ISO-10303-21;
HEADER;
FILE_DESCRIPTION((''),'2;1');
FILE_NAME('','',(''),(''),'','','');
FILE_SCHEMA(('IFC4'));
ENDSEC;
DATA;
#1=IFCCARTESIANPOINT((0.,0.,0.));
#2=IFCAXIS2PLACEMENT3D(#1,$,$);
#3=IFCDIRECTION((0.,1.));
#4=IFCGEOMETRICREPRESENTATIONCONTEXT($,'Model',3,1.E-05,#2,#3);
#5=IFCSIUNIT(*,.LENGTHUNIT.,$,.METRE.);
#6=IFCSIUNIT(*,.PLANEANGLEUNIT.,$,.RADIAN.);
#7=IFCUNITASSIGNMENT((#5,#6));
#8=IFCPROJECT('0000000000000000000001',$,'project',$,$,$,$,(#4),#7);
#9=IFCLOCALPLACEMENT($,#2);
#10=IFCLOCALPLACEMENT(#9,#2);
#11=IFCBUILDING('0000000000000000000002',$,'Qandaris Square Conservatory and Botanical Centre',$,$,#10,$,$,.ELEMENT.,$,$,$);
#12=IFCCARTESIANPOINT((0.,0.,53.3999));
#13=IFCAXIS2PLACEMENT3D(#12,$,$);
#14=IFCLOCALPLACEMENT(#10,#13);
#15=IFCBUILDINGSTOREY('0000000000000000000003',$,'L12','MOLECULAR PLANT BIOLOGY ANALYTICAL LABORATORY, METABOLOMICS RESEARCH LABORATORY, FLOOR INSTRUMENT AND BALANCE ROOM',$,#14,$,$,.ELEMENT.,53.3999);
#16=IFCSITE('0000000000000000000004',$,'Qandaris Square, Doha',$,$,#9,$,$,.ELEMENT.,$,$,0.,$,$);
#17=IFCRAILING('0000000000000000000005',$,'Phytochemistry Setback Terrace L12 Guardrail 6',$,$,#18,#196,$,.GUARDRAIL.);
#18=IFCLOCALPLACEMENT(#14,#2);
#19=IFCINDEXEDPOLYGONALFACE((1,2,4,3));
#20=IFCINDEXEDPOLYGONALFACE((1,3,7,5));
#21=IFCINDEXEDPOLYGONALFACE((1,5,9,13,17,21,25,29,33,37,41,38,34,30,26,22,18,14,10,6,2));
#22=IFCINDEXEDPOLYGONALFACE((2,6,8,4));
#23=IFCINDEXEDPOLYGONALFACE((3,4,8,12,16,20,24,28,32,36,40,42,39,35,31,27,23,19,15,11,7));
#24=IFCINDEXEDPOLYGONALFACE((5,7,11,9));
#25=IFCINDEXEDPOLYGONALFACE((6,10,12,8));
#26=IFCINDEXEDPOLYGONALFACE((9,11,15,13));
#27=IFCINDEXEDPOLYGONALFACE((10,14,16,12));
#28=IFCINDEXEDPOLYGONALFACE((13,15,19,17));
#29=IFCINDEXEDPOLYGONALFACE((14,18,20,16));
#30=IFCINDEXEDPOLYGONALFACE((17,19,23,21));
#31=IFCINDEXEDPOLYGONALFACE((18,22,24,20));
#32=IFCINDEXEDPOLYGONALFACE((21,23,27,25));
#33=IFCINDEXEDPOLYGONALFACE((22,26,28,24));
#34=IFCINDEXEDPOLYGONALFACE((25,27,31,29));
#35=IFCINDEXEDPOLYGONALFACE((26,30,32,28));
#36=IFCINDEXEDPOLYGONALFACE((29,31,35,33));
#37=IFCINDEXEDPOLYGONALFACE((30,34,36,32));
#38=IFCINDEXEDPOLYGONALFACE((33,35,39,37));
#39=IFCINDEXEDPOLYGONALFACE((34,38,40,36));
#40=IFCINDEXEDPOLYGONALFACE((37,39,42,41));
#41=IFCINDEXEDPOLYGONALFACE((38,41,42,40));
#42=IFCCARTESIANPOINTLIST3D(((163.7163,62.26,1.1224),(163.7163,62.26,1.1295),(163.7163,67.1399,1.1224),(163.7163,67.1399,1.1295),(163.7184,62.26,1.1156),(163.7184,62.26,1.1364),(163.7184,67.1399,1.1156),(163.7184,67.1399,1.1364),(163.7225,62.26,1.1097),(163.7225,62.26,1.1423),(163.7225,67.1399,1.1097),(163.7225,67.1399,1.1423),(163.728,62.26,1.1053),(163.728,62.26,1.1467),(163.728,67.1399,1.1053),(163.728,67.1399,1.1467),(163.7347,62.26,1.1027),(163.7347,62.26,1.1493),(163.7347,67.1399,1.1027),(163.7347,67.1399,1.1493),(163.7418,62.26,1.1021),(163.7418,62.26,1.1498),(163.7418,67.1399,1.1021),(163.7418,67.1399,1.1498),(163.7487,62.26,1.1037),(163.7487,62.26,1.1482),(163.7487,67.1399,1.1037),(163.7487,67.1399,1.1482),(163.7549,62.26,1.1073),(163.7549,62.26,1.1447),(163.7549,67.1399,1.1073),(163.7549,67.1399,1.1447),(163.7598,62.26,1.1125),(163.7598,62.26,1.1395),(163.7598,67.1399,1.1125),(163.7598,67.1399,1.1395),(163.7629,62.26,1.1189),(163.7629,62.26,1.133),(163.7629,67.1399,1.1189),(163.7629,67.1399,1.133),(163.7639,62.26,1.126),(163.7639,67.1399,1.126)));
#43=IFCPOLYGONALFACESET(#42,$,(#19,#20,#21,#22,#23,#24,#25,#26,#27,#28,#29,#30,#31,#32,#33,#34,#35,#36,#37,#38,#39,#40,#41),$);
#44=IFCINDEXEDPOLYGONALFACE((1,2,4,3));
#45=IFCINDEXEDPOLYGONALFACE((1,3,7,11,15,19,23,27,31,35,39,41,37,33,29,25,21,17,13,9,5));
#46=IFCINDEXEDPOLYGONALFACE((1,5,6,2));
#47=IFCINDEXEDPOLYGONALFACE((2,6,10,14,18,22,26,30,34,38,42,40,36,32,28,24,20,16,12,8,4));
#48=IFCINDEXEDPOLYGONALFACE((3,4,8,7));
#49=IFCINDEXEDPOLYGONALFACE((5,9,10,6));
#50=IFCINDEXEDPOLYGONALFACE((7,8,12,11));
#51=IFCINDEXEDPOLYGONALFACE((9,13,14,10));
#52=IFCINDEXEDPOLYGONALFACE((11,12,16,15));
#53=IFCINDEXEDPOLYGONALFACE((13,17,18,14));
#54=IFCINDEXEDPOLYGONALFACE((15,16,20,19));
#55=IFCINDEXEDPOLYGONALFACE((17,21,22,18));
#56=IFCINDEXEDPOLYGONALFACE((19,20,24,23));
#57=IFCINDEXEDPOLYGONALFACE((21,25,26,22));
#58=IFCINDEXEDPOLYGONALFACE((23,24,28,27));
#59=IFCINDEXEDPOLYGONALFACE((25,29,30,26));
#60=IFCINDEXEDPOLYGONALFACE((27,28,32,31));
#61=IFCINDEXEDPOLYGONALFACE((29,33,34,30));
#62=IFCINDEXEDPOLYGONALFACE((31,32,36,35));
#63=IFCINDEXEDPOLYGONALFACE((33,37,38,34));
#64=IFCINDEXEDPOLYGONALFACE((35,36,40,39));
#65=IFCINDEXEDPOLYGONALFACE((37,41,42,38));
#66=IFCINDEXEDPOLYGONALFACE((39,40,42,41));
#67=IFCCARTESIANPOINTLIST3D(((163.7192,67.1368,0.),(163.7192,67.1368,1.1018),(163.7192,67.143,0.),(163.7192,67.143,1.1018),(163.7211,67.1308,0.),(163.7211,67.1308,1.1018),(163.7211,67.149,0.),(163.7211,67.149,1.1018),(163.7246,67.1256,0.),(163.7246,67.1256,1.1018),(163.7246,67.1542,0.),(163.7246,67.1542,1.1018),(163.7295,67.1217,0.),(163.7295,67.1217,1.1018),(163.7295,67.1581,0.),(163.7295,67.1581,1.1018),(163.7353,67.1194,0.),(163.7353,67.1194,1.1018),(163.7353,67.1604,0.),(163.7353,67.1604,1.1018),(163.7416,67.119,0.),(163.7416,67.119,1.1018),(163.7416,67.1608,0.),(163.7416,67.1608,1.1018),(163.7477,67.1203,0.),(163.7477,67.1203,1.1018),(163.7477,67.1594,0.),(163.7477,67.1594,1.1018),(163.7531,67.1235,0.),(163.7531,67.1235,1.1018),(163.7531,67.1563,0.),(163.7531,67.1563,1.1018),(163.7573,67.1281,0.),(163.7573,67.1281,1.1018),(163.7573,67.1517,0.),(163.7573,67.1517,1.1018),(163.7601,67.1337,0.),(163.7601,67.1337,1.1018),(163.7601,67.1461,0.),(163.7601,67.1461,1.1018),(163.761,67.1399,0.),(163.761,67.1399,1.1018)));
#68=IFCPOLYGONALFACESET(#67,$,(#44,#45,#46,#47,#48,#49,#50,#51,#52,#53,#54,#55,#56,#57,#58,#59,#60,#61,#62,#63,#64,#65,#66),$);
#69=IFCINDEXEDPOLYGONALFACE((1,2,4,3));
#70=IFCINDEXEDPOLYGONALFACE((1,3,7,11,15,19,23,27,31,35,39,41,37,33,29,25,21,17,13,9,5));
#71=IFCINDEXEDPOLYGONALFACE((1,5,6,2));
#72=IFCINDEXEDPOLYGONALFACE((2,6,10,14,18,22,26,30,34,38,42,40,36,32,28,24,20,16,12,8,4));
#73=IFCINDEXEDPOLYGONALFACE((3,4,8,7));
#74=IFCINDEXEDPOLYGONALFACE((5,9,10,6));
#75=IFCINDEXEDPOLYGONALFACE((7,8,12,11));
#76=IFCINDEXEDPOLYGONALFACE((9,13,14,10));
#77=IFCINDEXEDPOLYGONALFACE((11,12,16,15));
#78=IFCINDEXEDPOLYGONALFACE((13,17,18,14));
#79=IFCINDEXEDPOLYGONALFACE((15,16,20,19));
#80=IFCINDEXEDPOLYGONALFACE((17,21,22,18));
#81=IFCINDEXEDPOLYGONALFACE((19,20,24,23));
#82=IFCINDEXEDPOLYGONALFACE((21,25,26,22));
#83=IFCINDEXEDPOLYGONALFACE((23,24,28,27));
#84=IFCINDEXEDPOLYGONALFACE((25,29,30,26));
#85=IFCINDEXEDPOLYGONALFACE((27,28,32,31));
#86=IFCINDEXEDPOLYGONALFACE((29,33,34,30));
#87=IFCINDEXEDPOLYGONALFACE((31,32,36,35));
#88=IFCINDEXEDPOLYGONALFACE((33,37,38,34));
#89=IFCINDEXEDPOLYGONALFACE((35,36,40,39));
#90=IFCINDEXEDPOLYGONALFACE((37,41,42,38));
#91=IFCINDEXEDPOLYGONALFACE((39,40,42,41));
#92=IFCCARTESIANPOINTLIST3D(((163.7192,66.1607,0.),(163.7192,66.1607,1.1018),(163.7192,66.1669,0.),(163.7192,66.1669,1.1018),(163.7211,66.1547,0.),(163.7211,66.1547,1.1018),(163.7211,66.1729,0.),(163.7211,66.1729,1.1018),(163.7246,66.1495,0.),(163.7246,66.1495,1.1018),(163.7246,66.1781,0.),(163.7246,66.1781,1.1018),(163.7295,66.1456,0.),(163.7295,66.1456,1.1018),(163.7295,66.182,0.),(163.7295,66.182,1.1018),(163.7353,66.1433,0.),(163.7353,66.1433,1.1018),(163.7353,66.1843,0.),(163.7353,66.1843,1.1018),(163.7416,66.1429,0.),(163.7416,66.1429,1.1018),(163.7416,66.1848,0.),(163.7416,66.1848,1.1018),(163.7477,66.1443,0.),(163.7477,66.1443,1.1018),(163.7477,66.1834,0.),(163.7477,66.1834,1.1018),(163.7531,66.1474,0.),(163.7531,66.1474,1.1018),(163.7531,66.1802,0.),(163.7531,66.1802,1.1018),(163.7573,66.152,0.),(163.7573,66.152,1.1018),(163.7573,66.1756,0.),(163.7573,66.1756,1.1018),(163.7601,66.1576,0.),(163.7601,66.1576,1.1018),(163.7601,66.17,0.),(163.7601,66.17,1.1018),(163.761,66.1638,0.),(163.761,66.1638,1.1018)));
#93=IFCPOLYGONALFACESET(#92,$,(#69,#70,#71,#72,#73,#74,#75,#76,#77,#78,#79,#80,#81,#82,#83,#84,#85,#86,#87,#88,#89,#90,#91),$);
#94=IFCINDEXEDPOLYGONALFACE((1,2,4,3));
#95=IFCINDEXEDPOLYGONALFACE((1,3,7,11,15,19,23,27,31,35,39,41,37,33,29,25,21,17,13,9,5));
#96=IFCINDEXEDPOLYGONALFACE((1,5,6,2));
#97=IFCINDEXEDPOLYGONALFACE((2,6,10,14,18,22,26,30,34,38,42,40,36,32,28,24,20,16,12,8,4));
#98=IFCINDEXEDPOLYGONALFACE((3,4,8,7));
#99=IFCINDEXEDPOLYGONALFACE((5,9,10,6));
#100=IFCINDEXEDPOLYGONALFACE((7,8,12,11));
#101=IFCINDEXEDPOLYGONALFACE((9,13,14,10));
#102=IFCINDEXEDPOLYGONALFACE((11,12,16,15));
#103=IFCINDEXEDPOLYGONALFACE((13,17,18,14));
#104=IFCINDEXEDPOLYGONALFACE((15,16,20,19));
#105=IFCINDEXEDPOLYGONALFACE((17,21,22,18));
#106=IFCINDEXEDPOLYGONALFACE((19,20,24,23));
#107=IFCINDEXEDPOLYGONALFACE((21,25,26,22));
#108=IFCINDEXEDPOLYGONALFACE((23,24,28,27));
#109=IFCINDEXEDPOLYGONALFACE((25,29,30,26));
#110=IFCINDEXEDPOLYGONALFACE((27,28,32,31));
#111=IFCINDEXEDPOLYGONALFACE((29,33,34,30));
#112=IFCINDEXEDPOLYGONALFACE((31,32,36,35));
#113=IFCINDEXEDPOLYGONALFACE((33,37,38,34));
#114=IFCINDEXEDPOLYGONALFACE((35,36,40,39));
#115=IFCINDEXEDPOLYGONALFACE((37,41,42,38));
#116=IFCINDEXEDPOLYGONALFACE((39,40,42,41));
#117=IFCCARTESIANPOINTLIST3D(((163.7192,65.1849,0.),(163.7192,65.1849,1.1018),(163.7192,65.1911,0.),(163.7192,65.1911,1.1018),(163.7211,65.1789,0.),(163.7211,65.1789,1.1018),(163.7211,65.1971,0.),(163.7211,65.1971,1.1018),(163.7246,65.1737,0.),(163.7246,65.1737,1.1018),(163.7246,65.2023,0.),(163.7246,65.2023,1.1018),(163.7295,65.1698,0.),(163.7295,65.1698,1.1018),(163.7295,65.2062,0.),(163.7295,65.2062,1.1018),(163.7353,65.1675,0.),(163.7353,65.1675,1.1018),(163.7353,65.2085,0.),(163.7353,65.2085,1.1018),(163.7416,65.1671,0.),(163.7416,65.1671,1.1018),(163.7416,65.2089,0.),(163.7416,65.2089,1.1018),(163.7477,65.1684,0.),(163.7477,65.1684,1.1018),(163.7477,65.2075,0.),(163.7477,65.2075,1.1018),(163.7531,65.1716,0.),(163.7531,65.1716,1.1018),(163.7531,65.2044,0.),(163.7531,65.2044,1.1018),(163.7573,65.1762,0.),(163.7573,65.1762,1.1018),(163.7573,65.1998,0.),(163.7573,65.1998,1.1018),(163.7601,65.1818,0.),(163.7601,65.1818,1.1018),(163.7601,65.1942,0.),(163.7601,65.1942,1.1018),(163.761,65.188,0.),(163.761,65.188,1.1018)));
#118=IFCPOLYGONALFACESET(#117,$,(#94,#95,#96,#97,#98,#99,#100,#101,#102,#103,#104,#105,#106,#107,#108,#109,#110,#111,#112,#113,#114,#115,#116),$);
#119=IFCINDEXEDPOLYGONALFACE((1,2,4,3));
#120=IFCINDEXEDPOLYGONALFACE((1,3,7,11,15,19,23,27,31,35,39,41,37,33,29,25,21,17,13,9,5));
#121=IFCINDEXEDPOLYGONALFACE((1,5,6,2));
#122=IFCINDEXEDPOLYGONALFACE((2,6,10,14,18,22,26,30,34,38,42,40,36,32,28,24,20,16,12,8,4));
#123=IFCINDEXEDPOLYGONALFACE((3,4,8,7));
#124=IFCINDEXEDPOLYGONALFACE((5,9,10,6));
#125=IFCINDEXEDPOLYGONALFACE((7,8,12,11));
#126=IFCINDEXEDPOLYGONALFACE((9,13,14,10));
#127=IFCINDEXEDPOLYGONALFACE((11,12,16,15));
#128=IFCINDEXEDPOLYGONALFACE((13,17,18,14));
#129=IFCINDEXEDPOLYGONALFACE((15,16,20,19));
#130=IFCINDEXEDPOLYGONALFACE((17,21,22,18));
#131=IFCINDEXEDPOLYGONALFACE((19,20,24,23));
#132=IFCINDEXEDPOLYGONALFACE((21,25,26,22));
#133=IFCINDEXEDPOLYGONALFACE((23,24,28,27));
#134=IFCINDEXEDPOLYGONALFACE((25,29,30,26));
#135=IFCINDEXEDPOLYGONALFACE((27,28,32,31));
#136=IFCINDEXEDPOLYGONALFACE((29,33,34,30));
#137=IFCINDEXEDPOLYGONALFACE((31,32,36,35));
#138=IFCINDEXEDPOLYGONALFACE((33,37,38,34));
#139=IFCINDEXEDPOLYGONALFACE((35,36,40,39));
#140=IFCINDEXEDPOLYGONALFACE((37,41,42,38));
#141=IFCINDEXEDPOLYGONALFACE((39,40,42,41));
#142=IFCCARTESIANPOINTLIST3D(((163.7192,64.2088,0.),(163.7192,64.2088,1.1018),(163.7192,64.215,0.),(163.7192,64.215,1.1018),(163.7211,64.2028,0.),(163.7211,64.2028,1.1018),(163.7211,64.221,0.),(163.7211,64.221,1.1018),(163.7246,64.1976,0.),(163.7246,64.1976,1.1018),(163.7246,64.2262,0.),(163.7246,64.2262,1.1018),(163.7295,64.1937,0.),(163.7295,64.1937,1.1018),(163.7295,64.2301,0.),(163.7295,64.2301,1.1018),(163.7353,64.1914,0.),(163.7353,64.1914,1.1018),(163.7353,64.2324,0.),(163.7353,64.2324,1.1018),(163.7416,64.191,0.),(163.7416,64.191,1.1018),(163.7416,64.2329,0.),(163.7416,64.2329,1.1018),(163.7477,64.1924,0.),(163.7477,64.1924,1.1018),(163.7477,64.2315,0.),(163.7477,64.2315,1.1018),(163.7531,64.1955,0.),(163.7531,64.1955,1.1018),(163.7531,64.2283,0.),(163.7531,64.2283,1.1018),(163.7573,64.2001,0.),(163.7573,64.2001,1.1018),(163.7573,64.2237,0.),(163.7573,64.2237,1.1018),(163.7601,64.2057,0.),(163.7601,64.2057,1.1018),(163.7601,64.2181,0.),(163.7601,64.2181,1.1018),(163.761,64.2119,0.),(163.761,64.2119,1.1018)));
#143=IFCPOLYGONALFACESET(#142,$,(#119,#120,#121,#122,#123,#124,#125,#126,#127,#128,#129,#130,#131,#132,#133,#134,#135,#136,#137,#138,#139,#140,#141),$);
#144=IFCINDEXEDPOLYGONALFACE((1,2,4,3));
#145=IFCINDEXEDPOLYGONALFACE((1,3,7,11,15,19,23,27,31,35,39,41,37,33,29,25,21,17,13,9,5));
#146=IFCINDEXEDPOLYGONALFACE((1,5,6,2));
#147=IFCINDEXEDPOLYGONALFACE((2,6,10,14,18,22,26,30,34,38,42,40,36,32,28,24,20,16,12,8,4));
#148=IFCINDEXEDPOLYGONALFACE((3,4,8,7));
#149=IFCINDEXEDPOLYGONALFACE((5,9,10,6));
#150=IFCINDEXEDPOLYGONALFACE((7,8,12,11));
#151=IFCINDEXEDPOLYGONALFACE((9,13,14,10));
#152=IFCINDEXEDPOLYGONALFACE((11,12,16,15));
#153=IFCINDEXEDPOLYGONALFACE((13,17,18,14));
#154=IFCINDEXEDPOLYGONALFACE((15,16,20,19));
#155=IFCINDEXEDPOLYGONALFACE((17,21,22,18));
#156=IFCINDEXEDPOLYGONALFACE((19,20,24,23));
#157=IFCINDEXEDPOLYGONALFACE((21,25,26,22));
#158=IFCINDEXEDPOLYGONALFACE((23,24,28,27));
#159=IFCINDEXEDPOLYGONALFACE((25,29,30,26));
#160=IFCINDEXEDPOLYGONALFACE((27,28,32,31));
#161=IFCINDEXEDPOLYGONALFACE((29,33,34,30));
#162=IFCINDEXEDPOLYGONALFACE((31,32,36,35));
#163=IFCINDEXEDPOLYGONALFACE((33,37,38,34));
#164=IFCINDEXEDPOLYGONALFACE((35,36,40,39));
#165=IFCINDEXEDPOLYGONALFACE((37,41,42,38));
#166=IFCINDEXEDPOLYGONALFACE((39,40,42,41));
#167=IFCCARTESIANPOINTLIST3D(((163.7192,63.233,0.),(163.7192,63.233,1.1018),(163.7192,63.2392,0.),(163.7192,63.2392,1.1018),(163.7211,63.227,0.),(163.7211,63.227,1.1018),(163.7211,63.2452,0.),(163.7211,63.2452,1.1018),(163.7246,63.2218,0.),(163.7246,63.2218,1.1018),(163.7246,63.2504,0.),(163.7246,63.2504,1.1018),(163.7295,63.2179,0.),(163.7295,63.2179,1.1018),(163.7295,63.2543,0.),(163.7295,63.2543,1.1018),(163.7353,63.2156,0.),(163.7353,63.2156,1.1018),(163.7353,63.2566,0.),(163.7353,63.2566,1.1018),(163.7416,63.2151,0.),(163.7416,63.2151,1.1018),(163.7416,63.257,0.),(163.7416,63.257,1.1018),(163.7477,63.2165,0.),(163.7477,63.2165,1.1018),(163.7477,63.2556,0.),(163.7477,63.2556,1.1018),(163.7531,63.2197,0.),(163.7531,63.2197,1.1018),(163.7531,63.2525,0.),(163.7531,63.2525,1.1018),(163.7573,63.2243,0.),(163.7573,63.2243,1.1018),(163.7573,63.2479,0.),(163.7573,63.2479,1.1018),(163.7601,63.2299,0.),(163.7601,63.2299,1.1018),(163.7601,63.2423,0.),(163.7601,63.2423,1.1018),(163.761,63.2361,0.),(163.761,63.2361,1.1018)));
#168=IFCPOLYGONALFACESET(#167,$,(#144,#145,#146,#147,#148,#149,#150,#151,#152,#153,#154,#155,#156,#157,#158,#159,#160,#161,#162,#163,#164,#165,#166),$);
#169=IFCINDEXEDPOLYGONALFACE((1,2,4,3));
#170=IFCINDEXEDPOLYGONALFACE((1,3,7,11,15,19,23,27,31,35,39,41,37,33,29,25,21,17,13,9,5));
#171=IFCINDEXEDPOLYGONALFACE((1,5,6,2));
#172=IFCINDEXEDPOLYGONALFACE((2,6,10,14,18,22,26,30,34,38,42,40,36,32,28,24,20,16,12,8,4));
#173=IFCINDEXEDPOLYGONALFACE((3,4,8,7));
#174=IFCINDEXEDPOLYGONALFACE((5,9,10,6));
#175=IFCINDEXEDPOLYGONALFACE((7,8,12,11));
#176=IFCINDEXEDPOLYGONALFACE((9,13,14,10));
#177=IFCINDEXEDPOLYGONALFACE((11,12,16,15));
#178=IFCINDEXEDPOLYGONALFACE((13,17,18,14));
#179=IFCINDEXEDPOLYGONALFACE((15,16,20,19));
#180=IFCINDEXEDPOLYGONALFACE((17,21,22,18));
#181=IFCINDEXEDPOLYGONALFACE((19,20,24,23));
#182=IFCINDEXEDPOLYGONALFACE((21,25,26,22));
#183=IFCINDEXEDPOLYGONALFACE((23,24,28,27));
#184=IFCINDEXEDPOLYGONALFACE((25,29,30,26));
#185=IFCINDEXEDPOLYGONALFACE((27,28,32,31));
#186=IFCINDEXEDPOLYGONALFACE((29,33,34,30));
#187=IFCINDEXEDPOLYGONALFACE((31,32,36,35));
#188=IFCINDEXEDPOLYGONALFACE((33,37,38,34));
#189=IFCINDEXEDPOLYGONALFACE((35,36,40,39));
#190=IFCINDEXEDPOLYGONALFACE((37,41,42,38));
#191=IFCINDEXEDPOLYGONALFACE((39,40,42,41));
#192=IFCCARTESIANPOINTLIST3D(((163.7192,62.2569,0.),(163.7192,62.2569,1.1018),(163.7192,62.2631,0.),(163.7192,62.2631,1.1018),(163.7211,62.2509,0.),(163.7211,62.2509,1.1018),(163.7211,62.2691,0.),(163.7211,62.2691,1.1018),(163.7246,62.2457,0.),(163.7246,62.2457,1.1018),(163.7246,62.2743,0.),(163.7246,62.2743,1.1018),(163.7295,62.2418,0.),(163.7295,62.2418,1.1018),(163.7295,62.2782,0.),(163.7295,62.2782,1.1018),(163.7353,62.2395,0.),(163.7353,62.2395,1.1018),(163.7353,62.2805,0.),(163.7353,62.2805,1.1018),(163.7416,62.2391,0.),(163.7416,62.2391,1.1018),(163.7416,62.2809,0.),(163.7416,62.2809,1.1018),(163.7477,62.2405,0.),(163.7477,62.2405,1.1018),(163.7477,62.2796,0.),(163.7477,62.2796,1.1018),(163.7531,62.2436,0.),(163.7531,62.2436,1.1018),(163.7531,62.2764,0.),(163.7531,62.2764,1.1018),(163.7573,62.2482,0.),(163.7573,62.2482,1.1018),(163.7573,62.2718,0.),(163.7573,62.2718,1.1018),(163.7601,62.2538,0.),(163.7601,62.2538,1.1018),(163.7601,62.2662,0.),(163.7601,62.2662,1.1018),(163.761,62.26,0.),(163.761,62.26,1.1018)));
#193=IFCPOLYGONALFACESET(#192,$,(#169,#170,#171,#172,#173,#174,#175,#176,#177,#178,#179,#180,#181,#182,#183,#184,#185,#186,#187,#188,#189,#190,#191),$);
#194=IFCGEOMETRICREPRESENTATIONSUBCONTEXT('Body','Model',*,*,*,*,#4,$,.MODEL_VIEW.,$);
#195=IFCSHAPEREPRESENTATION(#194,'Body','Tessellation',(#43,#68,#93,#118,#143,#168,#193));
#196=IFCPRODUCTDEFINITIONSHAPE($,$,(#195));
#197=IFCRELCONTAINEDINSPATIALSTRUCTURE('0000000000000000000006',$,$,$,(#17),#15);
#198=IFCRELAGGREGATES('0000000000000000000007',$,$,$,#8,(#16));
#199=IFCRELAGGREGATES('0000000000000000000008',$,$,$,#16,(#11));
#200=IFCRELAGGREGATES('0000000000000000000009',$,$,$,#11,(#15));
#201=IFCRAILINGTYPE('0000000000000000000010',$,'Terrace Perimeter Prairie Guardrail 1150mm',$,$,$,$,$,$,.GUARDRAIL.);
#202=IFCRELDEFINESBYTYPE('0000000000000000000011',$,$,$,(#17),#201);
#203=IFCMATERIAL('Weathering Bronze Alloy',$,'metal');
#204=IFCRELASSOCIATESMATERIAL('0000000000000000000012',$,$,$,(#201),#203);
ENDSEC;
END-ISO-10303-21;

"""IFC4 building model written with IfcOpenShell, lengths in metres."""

from ifc_helpers import new_model, si_unit, direction, frame, origin, origin_2d, place, context, subcontext, project, spatial, circle, extrude, material, type_object, element, save


model = new_model("IFC4")

# Units and contexts
model_context = context("Model", 3, precision=1e-05, world=origin(), true_north=direction((0.0, 1.0)))
body_context = subcontext(model_context, "Body", "Model", "MODEL_VIEW")
ifc_project = project(units=[si_unit("LENGTHUNIT", "METRE"), si_unit("PLANEANGLEUNIT", "RADIAN")], contexts=[model_context])

# Site, building, storey
site_placement = place(None, origin())
site = spatial("IfcSite", under=ifc_project, at=site_placement, Name="Qandaris Square, Doha", CompositionType="ELEMENT", RefElevation=0.0)
building_placement = place(site_placement, origin())
building = spatial("IfcBuilding", under=site, at=building_placement, Name="Qandaris Square Conservatory and Botanical Centre", CompositionType="ELEMENT")
storey_placement = place(building_placement, frame((0.0, 0.0, 53.3999)))
storey = spatial("IfcBuildingStorey", under=building, at=storey_placement, Name="L12", Description="MOLECULAR PLANT BIOLOGY ANALYTICAL LABORATORY, METABOLOMICS RESEARCH LABORATORY, FLOOR INSTRUMENT AND BALANCE ROOM", CompositionType="ELEMENT", Elevation=53.3999)

# Railing
ifc_material_1 = material(Name="Weathering Bronze Alloy", Category="metal")
railing_type = type_object("IfcRailingType", Name="Terrace Perimeter Prairie Guardrail 1150mm", PredefinedType="GUARDRAIL", material=ifc_material_1)
railing_1_placement = place(storey_placement, frame((163.74, 67.1399, 0.0)))
element("IfcRailing", 1, at=railing_1_placement, inside=storey, type_object=railing_type, Name="Phytochemistry Setback Terrace L12 Guardrail 6", PredefinedType="GUARDRAIL", context=body_context, shape_type="SweptSolid", body=[
    extrude(circle(Radius=0.0239, at=origin_2d()), frame((0.0, 0.0, 1.126), z_axis=(0.0, -1.0, 0.0), x_axis=(1.0, 0.0, 0.0)), (0.0, 0.0, 1.0), 4.8799),
    extrude(circle(Radius=0.021, at=origin_2d()), origin(), (0.0, 0.0, 1.0), 1.1018),
    extrude(circle(Radius=0.021, at=origin_2d()), frame((0.0, -0.9761, 0.0)), (0.0, 0.0, 1.0), 1.1018),
    extrude(circle(Radius=0.021, at=origin_2d()), frame((0.0, -1.9519, 0.0)), (0.0, 0.0, 1.0), 1.1018),
    extrude(circle(Radius=0.021, at=origin_2d()), frame((0.0, -2.928, 0.0)), (0.0, 0.0, 1.0), 1.1018),
    extrude(circle(Radius=0.021, at=origin_2d()), frame((0.0, -3.9038, 0.0)), (0.0, 0.0, 1.0), 1.1018),
    extrude(circle(Radius=0.021, at=origin_2d()), frame((0.0, -4.8799, 0.0)), (0.0, 0.0, 1.0), 1.1018),
])

save(model, "model.ifc")
